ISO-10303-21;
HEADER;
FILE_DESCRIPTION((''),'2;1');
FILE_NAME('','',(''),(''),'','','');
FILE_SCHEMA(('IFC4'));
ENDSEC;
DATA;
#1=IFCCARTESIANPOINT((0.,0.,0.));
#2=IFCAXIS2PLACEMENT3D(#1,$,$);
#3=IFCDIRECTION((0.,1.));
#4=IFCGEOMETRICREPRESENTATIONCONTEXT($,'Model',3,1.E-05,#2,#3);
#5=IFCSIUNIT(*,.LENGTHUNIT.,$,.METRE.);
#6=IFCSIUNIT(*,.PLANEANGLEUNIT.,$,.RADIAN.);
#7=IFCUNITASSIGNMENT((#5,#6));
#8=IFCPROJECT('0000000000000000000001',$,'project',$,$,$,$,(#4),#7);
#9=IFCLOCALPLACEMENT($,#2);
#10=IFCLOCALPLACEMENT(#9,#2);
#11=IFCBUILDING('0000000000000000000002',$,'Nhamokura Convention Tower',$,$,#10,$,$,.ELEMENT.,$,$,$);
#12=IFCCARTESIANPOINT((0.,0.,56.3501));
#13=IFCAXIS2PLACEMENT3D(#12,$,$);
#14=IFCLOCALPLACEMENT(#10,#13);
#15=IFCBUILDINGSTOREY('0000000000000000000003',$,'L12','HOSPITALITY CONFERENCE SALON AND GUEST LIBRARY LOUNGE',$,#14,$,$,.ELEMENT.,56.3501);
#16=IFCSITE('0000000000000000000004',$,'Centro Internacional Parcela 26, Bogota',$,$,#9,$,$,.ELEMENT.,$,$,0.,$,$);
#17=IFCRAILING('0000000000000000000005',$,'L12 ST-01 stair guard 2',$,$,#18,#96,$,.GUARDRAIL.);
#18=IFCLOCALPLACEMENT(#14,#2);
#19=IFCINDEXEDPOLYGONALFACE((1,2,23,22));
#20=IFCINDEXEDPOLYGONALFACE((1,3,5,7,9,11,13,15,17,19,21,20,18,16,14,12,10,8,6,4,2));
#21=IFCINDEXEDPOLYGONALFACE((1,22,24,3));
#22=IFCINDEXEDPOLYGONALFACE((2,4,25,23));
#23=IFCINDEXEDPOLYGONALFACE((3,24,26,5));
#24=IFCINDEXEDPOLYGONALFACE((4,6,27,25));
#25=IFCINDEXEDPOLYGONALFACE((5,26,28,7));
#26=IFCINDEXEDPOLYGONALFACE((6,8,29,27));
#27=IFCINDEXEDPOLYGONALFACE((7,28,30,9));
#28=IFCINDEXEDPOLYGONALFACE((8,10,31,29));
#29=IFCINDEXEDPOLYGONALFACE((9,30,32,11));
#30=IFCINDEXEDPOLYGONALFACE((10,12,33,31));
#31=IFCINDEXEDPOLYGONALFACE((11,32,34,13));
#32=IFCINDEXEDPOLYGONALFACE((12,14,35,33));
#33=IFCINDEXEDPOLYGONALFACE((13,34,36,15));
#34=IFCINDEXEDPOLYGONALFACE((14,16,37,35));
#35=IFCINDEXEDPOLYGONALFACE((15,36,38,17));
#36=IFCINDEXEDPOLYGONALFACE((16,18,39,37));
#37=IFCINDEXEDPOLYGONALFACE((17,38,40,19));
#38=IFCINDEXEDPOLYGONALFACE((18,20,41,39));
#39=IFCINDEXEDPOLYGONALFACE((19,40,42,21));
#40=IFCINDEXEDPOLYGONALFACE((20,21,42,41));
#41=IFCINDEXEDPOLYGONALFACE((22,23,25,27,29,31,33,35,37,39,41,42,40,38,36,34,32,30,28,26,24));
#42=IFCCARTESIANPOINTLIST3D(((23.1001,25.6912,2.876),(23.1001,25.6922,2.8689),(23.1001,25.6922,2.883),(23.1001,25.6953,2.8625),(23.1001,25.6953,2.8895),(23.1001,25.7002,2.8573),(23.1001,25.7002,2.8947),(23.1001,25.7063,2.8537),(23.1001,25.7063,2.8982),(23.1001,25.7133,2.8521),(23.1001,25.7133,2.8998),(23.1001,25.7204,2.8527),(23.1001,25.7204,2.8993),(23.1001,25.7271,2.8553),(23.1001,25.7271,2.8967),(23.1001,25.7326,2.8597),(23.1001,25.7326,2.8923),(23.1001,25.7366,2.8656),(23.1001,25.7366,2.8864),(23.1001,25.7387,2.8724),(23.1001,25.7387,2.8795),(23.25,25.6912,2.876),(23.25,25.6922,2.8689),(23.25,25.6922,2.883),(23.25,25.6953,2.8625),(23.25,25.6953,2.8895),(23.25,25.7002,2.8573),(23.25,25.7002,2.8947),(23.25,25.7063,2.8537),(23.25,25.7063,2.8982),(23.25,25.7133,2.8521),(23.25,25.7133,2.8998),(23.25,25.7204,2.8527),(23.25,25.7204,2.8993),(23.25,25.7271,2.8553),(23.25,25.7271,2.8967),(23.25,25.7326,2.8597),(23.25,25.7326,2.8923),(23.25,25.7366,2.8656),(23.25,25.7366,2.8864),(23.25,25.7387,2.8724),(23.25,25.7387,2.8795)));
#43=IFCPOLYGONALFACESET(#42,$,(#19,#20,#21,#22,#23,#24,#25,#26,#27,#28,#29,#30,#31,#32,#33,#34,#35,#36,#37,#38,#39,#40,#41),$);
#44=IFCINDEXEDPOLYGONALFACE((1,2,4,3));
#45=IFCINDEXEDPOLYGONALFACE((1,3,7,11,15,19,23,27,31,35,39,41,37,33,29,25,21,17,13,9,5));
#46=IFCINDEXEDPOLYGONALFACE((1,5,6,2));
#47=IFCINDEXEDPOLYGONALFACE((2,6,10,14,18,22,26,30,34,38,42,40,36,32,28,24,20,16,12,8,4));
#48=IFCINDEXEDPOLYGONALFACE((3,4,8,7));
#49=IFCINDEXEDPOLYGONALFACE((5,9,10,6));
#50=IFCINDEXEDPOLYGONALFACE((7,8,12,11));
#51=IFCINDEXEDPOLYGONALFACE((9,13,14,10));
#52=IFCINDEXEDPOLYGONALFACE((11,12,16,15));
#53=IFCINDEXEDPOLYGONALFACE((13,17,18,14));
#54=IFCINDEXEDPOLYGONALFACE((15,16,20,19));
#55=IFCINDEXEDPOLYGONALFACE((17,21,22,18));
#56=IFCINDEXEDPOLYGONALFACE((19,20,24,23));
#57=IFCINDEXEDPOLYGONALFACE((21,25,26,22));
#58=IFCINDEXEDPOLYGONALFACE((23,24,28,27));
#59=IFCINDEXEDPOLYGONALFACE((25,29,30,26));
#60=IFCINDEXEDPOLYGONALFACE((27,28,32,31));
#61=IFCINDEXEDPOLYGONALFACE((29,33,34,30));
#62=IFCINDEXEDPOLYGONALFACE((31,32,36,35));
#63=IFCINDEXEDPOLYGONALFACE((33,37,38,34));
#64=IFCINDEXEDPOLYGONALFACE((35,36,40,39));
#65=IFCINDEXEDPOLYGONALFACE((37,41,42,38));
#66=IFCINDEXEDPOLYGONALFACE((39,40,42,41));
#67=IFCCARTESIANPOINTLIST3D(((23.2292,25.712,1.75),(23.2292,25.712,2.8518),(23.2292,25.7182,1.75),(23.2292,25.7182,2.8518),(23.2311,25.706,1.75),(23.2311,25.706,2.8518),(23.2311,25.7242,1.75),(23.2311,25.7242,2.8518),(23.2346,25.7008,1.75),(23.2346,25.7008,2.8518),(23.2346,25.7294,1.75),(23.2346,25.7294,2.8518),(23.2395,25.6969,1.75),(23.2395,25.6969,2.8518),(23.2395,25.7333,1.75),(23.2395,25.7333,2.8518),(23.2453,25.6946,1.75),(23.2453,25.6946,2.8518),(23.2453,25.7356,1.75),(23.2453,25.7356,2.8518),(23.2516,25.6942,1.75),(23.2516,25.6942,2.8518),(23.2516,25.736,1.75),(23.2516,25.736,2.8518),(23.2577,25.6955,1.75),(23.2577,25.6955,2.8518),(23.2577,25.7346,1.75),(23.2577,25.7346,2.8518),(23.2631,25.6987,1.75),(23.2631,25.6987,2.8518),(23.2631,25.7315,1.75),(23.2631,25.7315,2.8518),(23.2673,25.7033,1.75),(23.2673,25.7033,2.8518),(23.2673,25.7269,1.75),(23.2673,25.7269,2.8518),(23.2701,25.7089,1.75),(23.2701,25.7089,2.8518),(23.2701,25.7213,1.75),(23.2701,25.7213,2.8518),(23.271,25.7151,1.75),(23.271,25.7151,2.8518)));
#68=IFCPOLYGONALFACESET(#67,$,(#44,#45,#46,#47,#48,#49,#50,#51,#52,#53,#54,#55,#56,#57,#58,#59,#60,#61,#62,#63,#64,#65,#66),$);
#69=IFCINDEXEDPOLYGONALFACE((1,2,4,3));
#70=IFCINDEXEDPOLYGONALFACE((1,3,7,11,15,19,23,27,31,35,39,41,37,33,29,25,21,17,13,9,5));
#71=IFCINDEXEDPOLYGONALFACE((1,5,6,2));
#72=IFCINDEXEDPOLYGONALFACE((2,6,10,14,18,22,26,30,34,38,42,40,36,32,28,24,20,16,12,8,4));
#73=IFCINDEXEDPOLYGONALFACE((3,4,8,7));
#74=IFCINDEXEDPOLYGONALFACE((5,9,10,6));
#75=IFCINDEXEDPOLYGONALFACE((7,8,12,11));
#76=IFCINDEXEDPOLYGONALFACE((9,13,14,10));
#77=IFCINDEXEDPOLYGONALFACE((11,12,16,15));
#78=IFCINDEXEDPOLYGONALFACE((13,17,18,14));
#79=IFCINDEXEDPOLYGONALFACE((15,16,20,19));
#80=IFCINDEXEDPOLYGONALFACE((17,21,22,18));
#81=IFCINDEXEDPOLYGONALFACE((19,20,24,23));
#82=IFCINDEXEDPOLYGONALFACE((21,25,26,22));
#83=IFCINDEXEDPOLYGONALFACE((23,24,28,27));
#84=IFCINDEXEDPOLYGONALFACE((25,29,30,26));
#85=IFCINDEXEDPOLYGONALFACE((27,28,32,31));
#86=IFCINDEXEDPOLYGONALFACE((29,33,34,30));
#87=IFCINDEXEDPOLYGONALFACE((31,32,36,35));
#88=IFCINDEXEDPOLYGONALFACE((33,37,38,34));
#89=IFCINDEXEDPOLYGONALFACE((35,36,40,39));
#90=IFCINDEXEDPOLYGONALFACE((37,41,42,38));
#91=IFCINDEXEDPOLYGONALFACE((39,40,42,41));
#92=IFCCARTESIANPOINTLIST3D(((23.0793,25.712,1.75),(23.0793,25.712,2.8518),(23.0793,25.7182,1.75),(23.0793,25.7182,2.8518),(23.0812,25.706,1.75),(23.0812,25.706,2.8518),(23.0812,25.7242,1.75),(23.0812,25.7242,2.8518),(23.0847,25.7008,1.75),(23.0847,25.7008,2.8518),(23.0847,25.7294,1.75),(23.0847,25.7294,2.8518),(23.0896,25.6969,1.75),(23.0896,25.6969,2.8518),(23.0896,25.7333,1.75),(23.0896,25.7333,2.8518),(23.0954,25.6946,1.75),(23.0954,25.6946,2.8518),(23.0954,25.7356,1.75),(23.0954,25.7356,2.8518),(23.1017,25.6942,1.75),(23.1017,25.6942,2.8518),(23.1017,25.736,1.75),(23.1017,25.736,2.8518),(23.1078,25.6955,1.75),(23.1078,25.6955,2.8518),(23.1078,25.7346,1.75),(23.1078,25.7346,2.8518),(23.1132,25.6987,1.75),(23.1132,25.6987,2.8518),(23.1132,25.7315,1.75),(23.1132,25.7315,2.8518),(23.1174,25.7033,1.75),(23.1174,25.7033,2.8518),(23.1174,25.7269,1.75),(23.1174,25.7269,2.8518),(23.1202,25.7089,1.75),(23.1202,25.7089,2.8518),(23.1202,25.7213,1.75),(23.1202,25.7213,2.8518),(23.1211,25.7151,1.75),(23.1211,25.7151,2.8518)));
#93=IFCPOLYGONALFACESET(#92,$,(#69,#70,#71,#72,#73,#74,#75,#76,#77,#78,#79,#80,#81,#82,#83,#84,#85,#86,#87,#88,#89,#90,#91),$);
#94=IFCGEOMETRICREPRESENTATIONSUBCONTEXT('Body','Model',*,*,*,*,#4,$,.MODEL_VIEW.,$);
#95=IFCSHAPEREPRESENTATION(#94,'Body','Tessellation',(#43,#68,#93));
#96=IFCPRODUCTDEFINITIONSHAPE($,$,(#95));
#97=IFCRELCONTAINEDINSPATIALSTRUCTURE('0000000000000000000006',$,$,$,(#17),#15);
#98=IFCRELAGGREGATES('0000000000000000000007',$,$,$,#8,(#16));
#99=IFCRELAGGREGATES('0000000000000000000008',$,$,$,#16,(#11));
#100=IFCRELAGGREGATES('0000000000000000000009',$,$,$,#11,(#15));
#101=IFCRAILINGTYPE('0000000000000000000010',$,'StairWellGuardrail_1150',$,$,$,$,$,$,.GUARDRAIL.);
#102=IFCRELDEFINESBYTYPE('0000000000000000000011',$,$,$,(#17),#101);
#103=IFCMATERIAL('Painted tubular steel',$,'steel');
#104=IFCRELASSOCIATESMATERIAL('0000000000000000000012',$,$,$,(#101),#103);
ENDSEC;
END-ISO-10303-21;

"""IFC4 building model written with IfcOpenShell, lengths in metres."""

from ifc_helpers import new_model, si_unit, direction, frame, origin, origin_2d, place, context, subcontext, project, spatial, circle, extrude, material, type_object, element, save


model = new_model("IFC4")

# Units and contexts
model_context = context("Model", 3, precision=1e-05, world=origin(), true_north=direction((0.0, 1.0)))
body_context = subcontext(model_context, "Body", "Model", "MODEL_VIEW")
ifc_project = project(units=[si_unit("LENGTHUNIT", "METRE"), si_unit("PLANEANGLEUNIT", "RADIAN")], contexts=[model_context])

# Site, building, storey
site_placement = place(None, origin())
site = spatial("IfcSite", under=ifc_project, at=site_placement, Name="Centro Internacional Parcela 26, Bogota", CompositionType="ELEMENT", RefElevation=0.0)
building_placement = place(site_placement, origin())
building = spatial("IfcBuilding", under=site, at=building_placement, Name="Nhamokura Convention Tower", CompositionType="ELEMENT")
storey_placement = place(building_placement, frame((0.0, 0.0, 56.3501)))
storey = spatial("IfcBuildingStorey", under=building, at=storey_placement, Name="L12", Description="HOSPITALITY CONFERENCE SALON AND GUEST LIBRARY LOUNGE", CompositionType="ELEMENT", Elevation=56.3501)

# Railing
ifc_material_1 = material(Name="Painted tubular steel", Category="steel")
railing_type_1 = type_object("IfcRailingType", Name="StairWellGuardrail_1150", PredefinedType="GUARDRAIL", material=ifc_material_1)
railing_1_placement = place(storey_placement, frame((23.25, 25.7151, 1.75)))
element("IfcRailing", 1, at=railing_1_placement, inside=storey, type_object=railing_type_1, Name="L12 ST-01 stair guard 2", PredefinedType="GUARDRAIL", context=body_context, shape_type="SweptSolid", body=[
    extrude(circle(Radius=0.0239, at=origin_2d()), frame((0.0, 0.0, 1.126), z_axis=(-1.0, 0.0, 0.0), x_axis=(0.0, -1.0, 0.0)), (0.0, 0.0, 1.0), 0.1499),
    extrude(circle(Radius=0.021, at=origin_2d()), origin(), (0.0, 0.0, 1.0), 1.1018),
    extrude(circle(Radius=0.021, at=origin_2d()), frame((-0.1499, 0.0, 0.0)), (0.0, 0.0, 1.0), 1.1018),
])

save(model, "model.ifc")
